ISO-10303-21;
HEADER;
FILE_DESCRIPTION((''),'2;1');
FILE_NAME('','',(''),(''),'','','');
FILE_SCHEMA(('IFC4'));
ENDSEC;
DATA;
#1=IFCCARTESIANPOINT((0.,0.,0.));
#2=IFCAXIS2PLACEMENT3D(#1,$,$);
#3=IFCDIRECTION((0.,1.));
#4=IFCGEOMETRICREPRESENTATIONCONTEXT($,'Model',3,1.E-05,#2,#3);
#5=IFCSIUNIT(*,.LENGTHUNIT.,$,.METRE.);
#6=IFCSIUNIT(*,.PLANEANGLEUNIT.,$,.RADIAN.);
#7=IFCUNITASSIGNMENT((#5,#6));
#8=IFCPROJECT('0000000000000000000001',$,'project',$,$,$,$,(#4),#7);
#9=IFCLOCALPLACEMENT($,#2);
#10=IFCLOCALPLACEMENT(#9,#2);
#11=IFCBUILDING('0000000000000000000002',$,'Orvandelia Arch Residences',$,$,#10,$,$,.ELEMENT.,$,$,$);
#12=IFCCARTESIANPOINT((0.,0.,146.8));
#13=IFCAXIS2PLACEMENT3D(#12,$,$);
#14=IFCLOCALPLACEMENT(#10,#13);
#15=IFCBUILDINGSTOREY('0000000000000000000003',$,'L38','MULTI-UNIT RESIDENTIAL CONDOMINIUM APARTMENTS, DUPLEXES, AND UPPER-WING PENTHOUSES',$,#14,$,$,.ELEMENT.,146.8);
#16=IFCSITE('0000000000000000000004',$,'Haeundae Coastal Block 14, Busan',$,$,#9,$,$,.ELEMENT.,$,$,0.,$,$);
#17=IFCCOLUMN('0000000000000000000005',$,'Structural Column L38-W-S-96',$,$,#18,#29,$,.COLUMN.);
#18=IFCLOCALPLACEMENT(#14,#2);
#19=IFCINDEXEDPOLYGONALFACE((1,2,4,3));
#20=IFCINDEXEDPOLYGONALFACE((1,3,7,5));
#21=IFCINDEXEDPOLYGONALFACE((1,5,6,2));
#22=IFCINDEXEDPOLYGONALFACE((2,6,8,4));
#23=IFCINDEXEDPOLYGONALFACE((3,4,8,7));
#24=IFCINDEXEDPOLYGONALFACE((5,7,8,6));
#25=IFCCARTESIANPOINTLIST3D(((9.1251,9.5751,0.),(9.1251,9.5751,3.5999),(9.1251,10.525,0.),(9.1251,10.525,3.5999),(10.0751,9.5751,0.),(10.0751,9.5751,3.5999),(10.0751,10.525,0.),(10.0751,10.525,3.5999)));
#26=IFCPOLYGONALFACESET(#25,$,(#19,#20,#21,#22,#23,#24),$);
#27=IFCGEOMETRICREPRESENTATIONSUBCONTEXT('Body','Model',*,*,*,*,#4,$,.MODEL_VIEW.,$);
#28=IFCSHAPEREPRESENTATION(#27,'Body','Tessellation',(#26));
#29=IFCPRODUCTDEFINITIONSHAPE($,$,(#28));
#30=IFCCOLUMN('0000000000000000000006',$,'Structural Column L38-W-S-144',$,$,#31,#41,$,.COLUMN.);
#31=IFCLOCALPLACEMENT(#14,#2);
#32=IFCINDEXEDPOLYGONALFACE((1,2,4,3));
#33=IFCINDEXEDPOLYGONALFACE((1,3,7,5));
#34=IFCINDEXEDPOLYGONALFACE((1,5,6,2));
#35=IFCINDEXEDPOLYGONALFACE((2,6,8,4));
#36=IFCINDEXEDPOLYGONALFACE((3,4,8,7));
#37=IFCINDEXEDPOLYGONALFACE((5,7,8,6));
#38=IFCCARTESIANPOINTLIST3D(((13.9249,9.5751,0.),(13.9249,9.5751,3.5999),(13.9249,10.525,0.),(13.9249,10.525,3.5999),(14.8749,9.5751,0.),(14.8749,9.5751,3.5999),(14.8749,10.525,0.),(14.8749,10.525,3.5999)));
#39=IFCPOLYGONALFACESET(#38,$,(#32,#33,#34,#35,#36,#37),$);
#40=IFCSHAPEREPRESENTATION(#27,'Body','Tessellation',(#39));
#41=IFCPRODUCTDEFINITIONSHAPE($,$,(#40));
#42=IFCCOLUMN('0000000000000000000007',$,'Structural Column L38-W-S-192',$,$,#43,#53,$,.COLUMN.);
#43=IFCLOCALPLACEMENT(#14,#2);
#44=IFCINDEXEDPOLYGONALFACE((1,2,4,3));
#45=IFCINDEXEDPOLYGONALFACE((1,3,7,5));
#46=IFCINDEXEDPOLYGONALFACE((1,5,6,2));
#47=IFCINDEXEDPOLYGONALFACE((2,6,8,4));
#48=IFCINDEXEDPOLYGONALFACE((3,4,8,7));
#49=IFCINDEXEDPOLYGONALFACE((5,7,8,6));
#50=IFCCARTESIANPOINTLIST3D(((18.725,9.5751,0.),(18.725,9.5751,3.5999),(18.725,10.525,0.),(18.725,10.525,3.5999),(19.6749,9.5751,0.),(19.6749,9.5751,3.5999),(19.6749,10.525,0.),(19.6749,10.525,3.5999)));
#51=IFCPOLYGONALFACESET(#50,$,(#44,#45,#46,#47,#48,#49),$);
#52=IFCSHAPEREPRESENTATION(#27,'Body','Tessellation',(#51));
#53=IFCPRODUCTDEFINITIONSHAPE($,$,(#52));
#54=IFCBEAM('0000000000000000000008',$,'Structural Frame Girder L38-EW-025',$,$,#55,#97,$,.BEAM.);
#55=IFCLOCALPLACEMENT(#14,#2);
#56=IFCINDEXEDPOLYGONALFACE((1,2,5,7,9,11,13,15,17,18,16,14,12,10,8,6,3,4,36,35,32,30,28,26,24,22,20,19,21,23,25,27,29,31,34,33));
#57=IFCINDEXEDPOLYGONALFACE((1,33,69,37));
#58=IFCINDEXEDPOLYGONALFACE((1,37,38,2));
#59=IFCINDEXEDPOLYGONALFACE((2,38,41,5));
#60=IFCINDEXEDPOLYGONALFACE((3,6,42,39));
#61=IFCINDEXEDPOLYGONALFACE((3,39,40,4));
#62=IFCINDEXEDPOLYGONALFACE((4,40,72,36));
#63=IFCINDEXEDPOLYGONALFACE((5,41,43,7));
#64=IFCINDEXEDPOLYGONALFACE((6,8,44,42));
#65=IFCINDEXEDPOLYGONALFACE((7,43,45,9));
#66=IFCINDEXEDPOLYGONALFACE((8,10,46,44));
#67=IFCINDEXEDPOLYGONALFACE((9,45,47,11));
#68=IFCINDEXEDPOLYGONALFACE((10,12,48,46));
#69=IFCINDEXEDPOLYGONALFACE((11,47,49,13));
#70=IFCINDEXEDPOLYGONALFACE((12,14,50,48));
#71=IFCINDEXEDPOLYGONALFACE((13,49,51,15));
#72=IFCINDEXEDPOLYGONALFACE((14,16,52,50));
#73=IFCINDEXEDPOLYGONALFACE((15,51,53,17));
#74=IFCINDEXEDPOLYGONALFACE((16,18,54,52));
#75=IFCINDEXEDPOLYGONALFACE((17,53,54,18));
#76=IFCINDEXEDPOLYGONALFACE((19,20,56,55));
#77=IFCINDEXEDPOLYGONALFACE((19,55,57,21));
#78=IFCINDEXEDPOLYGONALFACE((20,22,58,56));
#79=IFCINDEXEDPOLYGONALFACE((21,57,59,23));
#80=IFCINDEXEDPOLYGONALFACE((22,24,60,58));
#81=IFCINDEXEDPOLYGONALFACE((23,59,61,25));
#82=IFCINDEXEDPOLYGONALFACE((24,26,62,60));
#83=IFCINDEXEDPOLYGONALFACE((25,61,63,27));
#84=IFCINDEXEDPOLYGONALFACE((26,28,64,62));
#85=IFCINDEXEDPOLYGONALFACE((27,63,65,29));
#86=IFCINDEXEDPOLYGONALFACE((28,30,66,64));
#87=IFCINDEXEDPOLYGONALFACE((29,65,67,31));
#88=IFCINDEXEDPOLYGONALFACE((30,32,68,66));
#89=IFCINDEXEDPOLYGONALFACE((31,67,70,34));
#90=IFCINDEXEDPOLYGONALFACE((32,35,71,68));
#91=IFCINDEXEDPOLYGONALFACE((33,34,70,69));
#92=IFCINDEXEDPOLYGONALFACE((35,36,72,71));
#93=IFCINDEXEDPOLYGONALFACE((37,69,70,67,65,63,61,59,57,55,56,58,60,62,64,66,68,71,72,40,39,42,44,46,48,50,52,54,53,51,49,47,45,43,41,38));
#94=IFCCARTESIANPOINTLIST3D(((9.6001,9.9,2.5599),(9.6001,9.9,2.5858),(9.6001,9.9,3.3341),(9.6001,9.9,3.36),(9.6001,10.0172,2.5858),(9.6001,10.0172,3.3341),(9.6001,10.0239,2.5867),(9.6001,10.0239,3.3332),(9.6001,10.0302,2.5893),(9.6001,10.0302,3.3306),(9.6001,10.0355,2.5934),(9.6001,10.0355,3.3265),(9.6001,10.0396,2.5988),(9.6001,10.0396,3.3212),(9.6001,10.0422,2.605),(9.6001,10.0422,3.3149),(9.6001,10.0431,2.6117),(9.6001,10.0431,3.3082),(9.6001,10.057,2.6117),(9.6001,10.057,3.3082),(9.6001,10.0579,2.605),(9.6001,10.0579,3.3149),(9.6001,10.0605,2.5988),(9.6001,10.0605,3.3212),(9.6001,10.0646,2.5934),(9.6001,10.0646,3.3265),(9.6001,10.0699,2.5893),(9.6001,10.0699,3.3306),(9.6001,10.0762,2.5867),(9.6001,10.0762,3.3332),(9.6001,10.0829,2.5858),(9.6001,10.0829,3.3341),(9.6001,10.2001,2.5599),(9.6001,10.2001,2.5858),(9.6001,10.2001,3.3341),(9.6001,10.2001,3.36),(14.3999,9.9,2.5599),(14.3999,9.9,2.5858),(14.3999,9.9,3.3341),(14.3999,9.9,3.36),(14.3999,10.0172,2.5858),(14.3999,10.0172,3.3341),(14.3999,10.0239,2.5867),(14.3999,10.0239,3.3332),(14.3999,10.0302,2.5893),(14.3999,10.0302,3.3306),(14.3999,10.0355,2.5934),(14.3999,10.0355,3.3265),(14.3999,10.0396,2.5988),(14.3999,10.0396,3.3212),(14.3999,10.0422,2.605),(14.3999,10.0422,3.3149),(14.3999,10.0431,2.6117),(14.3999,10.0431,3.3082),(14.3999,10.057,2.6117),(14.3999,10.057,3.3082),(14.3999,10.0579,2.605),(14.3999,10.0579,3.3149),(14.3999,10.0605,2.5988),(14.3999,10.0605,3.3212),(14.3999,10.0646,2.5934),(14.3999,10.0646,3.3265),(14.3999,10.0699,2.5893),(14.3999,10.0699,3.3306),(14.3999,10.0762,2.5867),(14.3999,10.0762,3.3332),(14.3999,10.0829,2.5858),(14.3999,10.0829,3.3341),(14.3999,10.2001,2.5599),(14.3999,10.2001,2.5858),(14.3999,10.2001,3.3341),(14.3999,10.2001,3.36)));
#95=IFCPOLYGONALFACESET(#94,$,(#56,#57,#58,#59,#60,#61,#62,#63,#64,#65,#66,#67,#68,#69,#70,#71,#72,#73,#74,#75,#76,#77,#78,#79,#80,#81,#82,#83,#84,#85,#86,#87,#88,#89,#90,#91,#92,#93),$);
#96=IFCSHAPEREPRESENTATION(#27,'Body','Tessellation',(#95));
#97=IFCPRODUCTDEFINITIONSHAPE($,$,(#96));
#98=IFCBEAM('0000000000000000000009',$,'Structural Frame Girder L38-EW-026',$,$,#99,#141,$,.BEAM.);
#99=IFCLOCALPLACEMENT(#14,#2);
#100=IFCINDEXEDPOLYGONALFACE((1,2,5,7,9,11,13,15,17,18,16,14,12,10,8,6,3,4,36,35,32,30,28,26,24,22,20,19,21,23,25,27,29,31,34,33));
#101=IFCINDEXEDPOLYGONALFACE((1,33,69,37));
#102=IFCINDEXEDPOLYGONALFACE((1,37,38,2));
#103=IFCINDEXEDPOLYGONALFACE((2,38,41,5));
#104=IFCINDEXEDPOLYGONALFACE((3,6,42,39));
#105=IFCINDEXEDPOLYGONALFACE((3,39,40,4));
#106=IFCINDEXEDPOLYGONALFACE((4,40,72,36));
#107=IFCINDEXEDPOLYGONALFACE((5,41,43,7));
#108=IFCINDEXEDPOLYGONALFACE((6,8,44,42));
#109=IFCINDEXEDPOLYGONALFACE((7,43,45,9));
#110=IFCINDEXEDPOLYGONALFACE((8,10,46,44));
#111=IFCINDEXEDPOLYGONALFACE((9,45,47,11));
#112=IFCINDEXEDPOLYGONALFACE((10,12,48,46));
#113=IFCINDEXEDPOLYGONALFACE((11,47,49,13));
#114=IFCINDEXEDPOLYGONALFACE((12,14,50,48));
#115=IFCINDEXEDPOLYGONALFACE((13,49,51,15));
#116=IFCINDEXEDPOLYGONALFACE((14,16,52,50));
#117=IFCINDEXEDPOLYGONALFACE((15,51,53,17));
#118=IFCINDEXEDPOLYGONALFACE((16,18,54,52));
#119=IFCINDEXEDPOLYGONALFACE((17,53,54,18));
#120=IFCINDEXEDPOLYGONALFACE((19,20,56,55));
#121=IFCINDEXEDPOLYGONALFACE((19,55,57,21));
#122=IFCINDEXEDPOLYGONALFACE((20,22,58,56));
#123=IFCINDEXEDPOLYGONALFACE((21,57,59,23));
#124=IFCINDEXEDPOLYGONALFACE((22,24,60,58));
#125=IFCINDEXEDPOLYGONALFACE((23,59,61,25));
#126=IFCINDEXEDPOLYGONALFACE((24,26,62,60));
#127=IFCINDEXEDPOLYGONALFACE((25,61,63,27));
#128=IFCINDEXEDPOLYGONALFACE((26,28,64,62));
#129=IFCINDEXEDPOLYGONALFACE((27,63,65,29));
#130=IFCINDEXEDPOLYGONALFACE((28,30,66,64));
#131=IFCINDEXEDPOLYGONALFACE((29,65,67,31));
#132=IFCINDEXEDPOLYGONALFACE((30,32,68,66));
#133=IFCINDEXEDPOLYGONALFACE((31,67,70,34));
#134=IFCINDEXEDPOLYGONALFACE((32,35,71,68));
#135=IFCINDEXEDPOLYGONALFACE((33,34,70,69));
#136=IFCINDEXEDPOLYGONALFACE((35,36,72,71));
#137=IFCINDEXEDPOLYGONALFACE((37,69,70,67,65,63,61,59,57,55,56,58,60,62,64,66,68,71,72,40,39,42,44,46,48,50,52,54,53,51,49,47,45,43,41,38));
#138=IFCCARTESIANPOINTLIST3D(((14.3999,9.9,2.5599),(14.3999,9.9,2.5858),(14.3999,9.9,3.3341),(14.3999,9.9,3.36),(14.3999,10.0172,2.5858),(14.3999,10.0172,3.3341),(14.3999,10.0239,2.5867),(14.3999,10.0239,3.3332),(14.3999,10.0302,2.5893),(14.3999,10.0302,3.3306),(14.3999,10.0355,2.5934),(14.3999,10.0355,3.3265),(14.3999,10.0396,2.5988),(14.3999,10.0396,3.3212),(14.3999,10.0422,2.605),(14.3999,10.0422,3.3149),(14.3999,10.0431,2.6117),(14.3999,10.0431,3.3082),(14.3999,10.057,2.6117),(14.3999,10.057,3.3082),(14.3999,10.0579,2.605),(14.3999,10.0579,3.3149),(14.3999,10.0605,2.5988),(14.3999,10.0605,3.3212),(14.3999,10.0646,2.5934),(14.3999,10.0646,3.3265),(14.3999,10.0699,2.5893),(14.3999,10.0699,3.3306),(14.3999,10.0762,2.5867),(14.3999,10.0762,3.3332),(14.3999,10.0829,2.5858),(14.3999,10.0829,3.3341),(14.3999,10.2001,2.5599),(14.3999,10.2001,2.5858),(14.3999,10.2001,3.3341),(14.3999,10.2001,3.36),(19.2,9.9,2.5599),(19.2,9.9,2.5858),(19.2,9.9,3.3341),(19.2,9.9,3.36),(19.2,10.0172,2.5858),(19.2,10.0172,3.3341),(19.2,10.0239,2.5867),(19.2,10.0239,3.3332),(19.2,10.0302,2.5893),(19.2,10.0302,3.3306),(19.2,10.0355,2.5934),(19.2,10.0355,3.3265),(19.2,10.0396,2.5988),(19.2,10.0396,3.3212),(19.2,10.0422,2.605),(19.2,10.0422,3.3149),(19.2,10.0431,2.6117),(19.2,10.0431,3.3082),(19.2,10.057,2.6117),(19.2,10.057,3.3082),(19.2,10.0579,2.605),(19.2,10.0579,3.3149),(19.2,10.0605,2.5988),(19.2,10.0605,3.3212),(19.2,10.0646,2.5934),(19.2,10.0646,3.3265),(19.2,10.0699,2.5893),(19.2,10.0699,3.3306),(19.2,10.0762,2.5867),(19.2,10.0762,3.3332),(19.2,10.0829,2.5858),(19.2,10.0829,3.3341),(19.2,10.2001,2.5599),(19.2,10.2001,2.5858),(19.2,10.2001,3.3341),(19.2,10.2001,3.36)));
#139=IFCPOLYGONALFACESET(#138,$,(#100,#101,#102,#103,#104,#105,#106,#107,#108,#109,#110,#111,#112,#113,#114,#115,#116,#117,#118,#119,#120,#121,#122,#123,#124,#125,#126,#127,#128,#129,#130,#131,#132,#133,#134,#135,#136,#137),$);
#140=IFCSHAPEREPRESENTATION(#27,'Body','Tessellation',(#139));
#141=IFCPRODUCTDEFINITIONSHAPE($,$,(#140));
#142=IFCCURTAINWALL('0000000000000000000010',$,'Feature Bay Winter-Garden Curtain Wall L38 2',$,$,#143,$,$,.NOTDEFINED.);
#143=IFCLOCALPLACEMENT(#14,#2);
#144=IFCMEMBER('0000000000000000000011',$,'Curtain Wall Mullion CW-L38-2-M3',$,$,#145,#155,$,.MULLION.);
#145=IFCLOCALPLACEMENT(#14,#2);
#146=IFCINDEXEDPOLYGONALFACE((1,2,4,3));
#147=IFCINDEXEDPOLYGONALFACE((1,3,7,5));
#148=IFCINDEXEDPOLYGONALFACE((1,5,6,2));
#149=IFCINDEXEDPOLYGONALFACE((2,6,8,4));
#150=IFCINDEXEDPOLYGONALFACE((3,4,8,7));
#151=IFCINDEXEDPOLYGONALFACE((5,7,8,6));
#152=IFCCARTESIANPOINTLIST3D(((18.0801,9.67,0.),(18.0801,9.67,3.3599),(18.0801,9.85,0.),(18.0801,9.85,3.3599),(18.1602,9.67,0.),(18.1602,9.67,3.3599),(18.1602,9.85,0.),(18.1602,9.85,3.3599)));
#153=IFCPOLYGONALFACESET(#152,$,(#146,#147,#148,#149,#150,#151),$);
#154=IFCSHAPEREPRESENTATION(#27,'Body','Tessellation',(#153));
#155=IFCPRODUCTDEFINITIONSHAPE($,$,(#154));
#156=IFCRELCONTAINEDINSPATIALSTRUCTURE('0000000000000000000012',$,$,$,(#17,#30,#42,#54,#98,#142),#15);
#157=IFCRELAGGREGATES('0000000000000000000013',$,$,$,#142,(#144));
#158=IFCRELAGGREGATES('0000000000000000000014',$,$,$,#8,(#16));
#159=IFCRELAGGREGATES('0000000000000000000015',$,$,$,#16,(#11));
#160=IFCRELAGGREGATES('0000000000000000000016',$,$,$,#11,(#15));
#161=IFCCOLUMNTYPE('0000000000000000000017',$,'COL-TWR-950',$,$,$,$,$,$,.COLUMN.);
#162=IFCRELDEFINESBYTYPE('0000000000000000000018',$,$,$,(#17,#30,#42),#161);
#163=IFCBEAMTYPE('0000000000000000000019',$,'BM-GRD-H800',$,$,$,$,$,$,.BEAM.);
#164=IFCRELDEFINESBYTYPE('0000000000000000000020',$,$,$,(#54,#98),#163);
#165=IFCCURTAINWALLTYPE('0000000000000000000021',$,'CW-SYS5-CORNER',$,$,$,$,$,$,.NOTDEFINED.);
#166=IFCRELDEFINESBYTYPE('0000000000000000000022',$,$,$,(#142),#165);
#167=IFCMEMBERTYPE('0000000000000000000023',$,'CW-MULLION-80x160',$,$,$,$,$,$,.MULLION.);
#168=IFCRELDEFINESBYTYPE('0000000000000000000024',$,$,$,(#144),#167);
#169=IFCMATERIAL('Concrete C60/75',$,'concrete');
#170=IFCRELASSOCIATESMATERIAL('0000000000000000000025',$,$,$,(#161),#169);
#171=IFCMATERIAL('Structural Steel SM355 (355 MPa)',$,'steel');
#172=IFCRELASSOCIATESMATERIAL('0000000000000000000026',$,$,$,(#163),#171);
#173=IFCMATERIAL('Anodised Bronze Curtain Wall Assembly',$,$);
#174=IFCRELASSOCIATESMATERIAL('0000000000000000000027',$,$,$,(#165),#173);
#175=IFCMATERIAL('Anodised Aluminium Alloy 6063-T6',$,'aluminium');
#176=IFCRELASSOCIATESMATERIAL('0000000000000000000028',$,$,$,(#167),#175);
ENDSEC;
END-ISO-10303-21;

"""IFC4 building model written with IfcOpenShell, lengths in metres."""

from ifc_helpers import new_model, si_unit, direction, frame, origin, origin_2d, place, context, subcontext, project, spatial, rectangle, i_section, extrude, material, material_profile, profile_set, type_object, element, aggregate, save


model = new_model("IFC4")

# Units and contexts
model_context = context("Model", 3, precision=1e-05, world=origin(), true_north=direction((0.0, 1.0)))
body_context = subcontext(model_context, "Body", "Model", "MODEL_VIEW")
ifc_project = project(units=[si_unit("LENGTHUNIT", "METRE"), si_unit("PLANEANGLEUNIT", "RADIAN")], contexts=[model_context])

# Site, building, storey
site_placement = place(None, origin())
site = spatial("IfcSite", under=ifc_project, at=site_placement, Name="Haeundae Coastal Block 14, Busan", CompositionType="ELEMENT", RefElevation=0.0)
building_placement = place(site_placement, origin())
building = spatial("IfcBuilding", under=site, at=building_placement, Name="Orvandelia Arch Residences", CompositionType="ELEMENT")
storey_placement = place(building_placement, frame((0.0, 0.0, 146.8)))
storey = spatial("IfcBuildingStorey", under=building, at=storey_placement, Name="L38", Description="MULTI-UNIT RESIDENTIAL CONDOMINIUM APARTMENTS, DUPLEXES, AND UPPER-WING PENTHOUSES", CompositionType="ELEMENT", Elevation=146.8)

# Columns
ifc_material_1 = material(Name="Concrete C60/75", Category="concrete")
ifc_material_profile_1 = material_profile(ifc_material_1, rectangle(XDim=0.95, YDim=0.95, at=origin_2d()), Name="Concrete C60/75", Category="concrete")
ifc_profile_set_1 = profile_set([ifc_material_profile_1], Name="Concrete C60/75")
column_type = type_object("IfcColumnType", Name="COL-TWR-950", PredefinedType="COLUMN", material=ifc_profile_set_1)
for number, where, z_axis, x_axis, name in (
    (1, (9.6001, 10.05, 0.0), (0.0, 0.0, 1.0), (1.0, 0.0, 0.0), "Structural Column L38-W-S-96"),
    (2, (14.3999, 10.05, 0.0), (0.0, 0.0, 1.0), (1.0, 0.0, 0.0), "Structural Column L38-W-S-144"),
    (3, (19.2, 10.05, 0.0), (0.0, 0.0, 1.0), (1.0, 0.0, 0.0), "Structural Column L38-W-S-192"),
):
    element("IfcColumn", number, at=place(storey_placement, frame(where, z_axis=z_axis, x_axis=x_axis)), inside=storey, type_object=column_type, Name=name, PredefinedType="COLUMN", context=body_context, shape_type="SweptSolid", body=[
        extrude(rectangle(XDim=0.95, YDim=0.95, at=origin_2d()), origin(), (0.0, 0.0, 1.0), 3.5999),
    ])

# Beams
ifc_material_2 = material(Name="Structural Steel SM355 (355 MPa)", Category="steel")
ifc_material_profile_2 = material_profile(ifc_material_2, i_section(OverallWidth=0.3, OverallDepth=0.8, WebThickness=0.0139, FlangeThickness=0.0259, FilletRadius=0.0259, at=origin_2d()), Name="Structural Steel SM355 (355 MPa)", Category="steel")
ifc_profile_set_2 = profile_set([ifc_material_profile_2], Name="Structural Steel SM355 (355 MPa)")
beam_type = type_object("IfcBeamType", Name="BM-GRD-H800", PredefinedType="BEAM", material=ifc_profile_set_2)
beam_1_placement = place(storey_placement, frame((9.6001, 10.05, 2.96), z_axis=(1.0, 0.0, 0.0), x_axis=(0.0, 1.0, 0.0)))
element("IfcBeam", 4, at=beam_1_placement, inside=storey, type_object=beam_type, Name="Structural Frame Girder L38-EW-025", PredefinedType="BEAM", context=body_context, shape_type="SweptSolid", body=[
    extrude(i_section(OverallWidth=0.3, OverallDepth=0.8, WebThickness=0.0139, FlangeThickness=0.0259, FilletRadius=0.0259, at=origin_2d()), origin(), (0.0, 0.0, 1.0), 4.7998),
])
beam_2_placement = place(storey_placement, frame((14.3999, 10.05, 2.96), z_axis=(1.0, 0.0, 0.0), x_axis=(0.0, 1.0, 0.0)))
element("IfcBeam", 5, at=beam_2_placement, inside=storey, type_object=beam_type, Name="Structural Frame Girder L38-EW-026", PredefinedType="BEAM", context=body_context, shape_type="SweptSolid", body=[
    extrude(i_section(OverallWidth=0.3, OverallDepth=0.8, WebThickness=0.0139, FlangeThickness=0.0259, FilletRadius=0.0259, at=origin_2d()), origin(), (0.0, 0.0, 1.0), 4.8),
])

# Curtain wall, member
ifc_material_3 = material(Name="Anodised Bronze Curtain Wall Assembly")
curtain_wall_type = type_object("IfcCurtainWallType", Name="CW-SYS5-CORNER", PredefinedType="NOTDEFINED", material=ifc_material_3)
curtain_wall_placement = place(storey_placement, origin())
curtain_wall = element("IfcCurtainWall", 6, at=curtain_wall_placement, inside=storey, type_object=curtain_wall_type, Name="Feature Bay Winter-Garden Curtain Wall L38 2", PredefinedType="NOTDEFINED")
ifc_material_4 = material(Name="Anodised Aluminium Alloy 6063-T6", Category="aluminium")
ifc_material_profile_3 = material_profile(ifc_material_4, rectangle(XDim=0.0801, YDim=0.1799, at=origin_2d()), Name="Anodised Aluminium Alloy 6063-T6", Category="aluminium")
ifc_profile_set_3 = profile_set([ifc_material_profile_3], Name="Anodised Aluminium Alloy 6063-T6")
member_type = type_object("IfcMemberType", Name="CW-MULLION-80x160", PredefinedType="MULLION", material=ifc_profile_set_3)
member_placement = place(storey_placement, frame((18.1201, 9.76, 0.0), z_axis=(0.0, 0.0, 1.0), x_axis=(1.0, 0.0, 0.0)))
member = element("IfcMember", 7, at=member_placement, type_object=member_type, Name="Curtain Wall Mullion CW-L38-2-M3", PredefinedType="MULLION", context=body_context, shape_type="SweptSolid", body=[
    extrude(rectangle(XDim=0.0801, YDim=0.1799, at=origin_2d()), origin(), (0.0, 0.0, 1.0), 3.3599),
])
aggregate(curtain_wall, [member])

save(model, "model.ifc")
